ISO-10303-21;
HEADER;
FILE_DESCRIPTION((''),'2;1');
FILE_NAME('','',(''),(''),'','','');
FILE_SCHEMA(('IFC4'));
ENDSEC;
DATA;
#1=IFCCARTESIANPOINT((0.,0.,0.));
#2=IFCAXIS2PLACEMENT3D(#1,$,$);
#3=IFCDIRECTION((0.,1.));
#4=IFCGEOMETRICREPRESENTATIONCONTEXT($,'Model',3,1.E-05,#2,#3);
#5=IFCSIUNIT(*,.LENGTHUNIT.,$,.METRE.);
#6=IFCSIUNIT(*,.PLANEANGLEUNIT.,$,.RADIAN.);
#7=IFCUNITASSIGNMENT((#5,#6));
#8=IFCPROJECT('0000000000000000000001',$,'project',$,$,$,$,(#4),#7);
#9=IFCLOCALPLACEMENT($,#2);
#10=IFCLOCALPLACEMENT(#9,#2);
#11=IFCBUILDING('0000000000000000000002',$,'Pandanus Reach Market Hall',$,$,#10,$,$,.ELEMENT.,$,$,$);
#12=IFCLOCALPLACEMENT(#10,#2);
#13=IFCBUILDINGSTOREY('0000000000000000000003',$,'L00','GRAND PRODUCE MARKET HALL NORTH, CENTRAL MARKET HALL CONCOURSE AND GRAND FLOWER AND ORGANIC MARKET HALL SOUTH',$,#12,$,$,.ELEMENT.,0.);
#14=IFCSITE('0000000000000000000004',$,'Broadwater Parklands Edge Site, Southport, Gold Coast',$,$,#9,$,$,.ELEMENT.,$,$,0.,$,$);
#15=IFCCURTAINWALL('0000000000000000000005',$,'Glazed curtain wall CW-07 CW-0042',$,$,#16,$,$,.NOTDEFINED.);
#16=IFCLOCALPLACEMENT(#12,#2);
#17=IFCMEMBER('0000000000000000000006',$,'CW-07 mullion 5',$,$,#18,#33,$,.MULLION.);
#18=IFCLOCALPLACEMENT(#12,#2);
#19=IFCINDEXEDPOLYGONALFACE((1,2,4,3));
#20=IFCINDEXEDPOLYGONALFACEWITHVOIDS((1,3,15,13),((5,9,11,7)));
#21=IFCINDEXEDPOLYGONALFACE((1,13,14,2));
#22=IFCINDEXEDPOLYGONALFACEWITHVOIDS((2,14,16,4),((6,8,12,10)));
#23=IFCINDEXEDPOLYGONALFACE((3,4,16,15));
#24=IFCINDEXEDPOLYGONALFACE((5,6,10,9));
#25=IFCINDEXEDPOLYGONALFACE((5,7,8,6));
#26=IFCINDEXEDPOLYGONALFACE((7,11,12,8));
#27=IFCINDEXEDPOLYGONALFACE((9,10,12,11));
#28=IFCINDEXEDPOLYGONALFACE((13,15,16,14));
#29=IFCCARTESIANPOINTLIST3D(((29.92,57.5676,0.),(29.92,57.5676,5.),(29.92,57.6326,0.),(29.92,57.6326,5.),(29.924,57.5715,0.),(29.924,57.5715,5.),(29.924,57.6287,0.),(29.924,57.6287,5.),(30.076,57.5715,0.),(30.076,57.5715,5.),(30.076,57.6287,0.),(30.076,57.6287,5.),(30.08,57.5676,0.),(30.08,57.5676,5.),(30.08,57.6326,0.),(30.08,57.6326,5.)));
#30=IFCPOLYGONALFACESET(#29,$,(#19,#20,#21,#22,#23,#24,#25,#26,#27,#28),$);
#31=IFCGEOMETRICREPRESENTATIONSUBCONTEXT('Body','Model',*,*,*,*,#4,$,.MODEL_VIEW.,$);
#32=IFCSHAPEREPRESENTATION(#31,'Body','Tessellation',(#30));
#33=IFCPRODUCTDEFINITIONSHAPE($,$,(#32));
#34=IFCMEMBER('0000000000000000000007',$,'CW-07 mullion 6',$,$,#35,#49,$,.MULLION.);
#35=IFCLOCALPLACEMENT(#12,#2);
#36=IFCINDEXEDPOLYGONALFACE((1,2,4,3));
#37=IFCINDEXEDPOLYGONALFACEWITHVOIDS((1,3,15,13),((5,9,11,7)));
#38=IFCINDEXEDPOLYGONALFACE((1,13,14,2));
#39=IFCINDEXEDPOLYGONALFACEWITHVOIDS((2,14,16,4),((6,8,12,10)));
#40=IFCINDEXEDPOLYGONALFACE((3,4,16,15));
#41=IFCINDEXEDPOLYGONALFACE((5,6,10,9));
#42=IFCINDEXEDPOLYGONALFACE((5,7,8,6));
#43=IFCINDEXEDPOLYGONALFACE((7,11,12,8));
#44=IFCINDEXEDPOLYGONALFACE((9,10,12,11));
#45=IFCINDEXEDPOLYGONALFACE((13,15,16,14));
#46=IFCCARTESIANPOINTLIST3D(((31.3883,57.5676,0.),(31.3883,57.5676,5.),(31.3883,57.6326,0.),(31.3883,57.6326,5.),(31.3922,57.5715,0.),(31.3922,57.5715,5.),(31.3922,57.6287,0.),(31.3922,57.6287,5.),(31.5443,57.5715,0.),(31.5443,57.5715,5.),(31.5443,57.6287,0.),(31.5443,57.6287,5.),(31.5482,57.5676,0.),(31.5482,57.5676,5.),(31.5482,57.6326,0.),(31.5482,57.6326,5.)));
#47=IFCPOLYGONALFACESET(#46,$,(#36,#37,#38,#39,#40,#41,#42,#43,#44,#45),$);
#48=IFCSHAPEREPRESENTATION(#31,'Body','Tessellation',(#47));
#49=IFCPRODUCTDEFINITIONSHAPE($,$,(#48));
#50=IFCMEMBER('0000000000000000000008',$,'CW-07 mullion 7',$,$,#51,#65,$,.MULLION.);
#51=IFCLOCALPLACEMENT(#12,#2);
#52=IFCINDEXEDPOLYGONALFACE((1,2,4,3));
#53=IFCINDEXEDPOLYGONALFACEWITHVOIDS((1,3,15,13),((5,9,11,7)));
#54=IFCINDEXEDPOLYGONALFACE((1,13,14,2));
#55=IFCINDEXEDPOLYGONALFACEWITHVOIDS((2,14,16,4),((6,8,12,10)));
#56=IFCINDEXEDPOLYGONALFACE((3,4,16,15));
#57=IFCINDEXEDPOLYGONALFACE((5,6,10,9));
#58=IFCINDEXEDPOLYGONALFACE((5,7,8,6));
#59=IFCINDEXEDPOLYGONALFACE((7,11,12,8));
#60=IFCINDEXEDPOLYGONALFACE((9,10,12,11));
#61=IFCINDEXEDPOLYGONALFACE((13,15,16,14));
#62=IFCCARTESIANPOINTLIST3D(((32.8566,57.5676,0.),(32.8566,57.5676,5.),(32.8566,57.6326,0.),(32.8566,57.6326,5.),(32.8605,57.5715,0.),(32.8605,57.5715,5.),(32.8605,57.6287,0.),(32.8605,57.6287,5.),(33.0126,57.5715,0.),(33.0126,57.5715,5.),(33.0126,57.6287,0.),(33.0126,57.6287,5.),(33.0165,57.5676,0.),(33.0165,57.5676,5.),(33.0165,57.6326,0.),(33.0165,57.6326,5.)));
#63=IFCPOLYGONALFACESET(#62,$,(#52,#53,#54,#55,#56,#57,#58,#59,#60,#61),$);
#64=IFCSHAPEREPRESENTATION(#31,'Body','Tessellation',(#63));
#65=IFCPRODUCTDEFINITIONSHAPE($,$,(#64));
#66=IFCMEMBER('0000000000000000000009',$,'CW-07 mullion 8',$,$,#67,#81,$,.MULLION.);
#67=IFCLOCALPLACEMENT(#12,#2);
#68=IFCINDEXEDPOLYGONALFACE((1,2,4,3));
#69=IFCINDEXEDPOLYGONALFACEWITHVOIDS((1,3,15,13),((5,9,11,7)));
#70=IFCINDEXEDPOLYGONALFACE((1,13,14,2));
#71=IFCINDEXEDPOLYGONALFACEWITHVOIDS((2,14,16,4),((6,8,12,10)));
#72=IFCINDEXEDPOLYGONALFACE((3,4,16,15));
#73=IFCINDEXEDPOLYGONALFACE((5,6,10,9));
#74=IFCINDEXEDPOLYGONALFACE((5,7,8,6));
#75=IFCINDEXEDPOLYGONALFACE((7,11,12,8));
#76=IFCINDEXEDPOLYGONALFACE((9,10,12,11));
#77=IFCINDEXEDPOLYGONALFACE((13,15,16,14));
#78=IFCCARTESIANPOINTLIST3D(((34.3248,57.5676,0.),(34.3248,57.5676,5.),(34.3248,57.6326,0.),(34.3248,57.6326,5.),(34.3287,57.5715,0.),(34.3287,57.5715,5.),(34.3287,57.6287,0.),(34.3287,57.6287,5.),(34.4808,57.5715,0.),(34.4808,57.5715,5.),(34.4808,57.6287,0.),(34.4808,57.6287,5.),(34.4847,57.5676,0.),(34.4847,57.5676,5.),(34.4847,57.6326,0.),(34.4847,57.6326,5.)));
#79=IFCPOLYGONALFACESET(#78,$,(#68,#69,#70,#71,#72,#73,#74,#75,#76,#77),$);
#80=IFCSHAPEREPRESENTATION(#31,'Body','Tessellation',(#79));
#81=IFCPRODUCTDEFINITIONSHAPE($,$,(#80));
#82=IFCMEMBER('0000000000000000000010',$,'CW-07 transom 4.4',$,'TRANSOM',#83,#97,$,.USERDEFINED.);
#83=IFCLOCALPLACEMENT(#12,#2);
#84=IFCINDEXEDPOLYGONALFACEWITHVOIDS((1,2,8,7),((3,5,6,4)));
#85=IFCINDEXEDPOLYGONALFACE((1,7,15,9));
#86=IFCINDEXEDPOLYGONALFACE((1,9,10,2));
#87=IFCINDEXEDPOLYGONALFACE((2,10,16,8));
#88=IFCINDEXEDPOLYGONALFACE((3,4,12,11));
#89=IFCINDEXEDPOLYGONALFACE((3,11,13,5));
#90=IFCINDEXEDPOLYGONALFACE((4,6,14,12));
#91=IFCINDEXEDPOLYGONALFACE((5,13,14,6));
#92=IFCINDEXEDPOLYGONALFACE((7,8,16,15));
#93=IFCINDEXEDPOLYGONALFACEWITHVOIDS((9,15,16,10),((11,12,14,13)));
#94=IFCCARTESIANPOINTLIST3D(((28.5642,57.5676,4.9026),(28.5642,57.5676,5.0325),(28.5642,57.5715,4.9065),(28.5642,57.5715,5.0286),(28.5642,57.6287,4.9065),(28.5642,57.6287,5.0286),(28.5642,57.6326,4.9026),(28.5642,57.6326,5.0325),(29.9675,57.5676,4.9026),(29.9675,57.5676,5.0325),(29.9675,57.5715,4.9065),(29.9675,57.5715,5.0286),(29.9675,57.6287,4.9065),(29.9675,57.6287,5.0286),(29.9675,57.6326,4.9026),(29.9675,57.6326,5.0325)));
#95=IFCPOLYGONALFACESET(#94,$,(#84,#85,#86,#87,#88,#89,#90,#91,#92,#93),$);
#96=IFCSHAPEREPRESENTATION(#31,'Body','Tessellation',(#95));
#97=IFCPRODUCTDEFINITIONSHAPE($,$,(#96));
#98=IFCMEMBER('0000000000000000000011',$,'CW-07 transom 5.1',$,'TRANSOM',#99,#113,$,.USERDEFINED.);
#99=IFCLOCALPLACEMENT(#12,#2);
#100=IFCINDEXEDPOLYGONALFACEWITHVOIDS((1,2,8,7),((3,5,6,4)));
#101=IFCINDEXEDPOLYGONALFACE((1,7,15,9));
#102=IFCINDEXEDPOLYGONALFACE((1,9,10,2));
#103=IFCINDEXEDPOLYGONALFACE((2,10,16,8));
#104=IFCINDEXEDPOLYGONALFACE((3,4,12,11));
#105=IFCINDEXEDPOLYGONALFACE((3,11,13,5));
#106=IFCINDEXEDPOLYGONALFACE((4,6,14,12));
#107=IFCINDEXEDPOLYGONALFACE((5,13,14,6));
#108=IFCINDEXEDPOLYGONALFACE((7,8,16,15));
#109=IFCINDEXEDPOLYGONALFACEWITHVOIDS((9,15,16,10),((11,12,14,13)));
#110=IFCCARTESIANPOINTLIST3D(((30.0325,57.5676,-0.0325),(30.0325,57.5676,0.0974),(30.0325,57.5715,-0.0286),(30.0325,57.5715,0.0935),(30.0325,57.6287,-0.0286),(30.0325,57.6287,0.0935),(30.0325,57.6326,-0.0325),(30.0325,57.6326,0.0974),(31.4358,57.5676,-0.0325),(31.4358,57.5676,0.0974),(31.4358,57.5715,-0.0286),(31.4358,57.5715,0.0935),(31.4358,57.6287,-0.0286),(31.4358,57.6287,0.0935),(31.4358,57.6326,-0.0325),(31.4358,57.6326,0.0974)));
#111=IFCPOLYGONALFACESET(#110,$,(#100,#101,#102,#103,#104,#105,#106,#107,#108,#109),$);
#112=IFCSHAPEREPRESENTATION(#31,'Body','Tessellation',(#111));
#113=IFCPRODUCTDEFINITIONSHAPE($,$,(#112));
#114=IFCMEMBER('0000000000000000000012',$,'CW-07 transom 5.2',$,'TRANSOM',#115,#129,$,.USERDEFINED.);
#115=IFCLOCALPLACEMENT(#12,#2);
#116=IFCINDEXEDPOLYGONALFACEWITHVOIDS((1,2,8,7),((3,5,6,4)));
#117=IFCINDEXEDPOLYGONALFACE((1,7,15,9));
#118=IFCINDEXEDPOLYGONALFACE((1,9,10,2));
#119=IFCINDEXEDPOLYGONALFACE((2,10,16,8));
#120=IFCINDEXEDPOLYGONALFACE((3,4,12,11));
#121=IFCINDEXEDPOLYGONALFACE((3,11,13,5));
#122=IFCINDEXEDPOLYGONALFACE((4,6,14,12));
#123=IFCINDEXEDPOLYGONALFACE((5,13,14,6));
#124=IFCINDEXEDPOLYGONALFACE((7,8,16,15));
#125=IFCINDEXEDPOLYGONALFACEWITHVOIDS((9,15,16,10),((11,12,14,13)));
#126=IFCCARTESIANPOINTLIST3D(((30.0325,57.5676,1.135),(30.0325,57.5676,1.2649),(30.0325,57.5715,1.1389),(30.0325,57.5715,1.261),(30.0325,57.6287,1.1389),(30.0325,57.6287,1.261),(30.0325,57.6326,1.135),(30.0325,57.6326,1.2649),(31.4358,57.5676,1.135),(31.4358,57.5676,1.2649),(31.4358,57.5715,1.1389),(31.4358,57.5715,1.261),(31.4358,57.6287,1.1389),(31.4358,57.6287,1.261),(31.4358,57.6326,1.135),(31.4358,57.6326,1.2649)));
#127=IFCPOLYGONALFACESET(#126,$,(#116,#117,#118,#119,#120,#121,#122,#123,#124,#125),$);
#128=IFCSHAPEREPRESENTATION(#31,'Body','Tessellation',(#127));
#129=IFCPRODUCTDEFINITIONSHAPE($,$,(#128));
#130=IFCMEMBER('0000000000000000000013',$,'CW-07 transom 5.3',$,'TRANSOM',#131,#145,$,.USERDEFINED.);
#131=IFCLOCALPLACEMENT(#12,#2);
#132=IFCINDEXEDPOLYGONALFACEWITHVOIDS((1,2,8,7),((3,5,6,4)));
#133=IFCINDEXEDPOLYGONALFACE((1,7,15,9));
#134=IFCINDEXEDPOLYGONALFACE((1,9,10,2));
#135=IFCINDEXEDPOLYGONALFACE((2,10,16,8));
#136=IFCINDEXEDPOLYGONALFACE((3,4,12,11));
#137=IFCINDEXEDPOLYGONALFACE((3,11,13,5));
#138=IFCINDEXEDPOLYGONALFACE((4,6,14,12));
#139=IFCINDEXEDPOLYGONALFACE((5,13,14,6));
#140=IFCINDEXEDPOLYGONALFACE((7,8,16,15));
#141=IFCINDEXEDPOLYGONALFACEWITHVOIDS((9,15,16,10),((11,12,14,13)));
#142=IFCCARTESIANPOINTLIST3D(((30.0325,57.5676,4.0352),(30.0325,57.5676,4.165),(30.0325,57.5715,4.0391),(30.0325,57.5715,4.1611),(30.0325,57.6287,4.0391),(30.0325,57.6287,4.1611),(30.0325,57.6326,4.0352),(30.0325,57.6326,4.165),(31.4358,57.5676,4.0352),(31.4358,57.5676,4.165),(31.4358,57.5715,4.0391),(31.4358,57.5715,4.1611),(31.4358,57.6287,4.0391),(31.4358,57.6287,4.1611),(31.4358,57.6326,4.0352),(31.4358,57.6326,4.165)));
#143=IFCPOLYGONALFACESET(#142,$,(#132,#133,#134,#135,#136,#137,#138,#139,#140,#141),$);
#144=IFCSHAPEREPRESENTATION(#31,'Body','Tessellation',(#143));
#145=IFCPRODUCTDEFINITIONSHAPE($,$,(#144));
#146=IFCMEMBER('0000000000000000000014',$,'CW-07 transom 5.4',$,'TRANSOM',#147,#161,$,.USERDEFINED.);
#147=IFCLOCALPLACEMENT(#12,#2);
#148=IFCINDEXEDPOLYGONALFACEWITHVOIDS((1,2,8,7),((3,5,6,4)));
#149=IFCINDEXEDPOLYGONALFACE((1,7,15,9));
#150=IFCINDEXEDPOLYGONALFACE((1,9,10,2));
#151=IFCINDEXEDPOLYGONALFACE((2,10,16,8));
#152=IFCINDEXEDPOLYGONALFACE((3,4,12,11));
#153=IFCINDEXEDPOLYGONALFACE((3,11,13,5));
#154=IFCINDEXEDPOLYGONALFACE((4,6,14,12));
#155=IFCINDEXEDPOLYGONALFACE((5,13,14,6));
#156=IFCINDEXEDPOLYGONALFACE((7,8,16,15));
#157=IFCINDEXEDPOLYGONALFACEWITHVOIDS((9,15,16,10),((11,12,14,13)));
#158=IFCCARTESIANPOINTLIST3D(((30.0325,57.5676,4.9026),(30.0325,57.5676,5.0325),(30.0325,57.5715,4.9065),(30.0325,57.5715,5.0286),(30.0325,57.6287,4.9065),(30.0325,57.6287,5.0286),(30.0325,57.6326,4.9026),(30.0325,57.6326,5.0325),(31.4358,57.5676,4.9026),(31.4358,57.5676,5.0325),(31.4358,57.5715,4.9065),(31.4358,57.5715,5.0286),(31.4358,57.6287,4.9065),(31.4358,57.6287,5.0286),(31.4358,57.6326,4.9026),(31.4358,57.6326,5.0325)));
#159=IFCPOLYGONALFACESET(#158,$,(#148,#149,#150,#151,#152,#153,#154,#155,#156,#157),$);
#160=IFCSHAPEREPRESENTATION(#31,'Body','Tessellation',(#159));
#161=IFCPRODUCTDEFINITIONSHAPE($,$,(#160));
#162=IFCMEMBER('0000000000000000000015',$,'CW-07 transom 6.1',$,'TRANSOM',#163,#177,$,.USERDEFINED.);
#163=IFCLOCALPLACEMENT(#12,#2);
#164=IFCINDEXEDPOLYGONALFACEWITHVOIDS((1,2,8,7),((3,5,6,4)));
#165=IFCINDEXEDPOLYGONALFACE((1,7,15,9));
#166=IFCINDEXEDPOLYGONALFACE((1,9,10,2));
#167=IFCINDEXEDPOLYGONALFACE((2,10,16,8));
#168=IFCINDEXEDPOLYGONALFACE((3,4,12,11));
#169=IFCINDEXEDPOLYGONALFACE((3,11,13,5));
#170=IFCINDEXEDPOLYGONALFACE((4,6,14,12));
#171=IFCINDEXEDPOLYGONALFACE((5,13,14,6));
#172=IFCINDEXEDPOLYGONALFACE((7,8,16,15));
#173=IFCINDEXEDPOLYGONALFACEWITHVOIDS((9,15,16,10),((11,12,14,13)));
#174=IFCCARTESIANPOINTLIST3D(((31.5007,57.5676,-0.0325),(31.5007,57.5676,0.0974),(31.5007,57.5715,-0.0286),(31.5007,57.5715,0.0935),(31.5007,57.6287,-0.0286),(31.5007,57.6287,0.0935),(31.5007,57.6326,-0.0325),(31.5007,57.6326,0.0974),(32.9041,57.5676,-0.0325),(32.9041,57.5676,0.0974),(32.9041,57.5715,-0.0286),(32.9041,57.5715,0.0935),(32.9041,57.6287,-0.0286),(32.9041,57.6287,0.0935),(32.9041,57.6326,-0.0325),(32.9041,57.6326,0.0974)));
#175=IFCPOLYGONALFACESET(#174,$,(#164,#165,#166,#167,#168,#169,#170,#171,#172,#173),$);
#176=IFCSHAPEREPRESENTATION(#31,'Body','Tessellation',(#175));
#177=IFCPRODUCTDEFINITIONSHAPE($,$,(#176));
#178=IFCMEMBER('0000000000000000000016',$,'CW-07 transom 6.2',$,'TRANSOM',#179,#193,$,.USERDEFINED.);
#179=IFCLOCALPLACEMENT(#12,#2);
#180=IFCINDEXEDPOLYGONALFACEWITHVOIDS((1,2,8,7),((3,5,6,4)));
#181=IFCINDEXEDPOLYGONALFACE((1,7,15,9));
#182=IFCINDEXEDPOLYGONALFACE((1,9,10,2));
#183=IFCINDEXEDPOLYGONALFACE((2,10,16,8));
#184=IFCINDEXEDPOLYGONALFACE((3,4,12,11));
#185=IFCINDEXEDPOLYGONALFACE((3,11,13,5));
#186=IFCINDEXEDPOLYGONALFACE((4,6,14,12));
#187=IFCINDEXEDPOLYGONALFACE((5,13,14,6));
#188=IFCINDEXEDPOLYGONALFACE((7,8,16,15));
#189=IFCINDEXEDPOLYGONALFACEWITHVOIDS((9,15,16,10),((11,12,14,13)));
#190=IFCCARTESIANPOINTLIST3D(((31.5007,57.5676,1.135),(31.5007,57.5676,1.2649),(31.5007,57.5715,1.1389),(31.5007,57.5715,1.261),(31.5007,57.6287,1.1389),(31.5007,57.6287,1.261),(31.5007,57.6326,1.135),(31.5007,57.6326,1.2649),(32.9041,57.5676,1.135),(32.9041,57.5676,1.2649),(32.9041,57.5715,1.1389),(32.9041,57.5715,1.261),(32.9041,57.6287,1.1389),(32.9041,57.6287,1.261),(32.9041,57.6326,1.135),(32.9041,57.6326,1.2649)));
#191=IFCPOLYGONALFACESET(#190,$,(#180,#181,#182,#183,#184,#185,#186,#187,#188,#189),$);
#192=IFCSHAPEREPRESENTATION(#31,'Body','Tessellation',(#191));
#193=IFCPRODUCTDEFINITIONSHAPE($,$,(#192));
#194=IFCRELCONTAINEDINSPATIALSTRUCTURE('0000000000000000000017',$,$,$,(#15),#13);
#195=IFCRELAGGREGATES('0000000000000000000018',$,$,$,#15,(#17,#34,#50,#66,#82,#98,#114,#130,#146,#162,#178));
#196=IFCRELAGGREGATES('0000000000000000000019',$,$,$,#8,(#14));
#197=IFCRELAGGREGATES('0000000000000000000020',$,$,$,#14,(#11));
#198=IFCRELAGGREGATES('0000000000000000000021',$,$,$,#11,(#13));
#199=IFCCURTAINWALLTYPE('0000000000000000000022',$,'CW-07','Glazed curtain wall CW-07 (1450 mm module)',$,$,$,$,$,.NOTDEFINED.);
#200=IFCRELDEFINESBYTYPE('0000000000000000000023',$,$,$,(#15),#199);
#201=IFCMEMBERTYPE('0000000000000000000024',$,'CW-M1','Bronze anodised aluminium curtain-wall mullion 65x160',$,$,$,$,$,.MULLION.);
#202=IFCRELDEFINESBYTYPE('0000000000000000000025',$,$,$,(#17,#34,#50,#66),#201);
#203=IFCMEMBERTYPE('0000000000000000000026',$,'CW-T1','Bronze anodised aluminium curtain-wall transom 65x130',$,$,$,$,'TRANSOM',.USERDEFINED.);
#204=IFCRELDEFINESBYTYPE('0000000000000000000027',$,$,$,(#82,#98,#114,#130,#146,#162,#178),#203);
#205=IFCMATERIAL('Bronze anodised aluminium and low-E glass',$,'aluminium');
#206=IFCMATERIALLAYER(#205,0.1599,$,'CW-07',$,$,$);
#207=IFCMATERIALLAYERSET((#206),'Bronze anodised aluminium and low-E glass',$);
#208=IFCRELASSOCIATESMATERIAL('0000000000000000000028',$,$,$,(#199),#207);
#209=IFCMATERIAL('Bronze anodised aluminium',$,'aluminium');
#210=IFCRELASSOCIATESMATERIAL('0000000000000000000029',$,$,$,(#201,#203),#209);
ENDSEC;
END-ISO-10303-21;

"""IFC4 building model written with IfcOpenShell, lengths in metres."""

from ifc_helpers import new_model, si_unit, direction, frame, origin, origin_2d, place, context, subcontext, project, spatial, hollow_rectangle, extrude, material, layer, layer_set, material_profile, profile_set, type_object, element, aggregate, save


model = new_model("IFC4")

# Units and contexts
model_context = context("Model", 3, precision=1e-05, world=origin(), true_north=direction((0.0, 1.0)))
body_context = subcontext(model_context, "Body", "Model", "MODEL_VIEW")
ifc_project = project(units=[si_unit("LENGTHUNIT", "METRE"), si_unit("PLANEANGLEUNIT", "RADIAN")], contexts=[model_context])

# Site, building, storey
site_placement = place(None, origin())
site = spatial("IfcSite", under=ifc_project, at=site_placement, Name="Broadwater Parklands Edge Site, Southport, Gold Coast", CompositionType="ELEMENT", RefElevation=0.0)
building_placement = place(site_placement, origin())
building = spatial("IfcBuilding", under=site, at=building_placement, Name="Pandanus Reach Market Hall", CompositionType="ELEMENT")
storey_placement = place(building_placement, origin())
storey = spatial("IfcBuildingStorey", under=building, at=storey_placement, Name="L00", Description="GRAND PRODUCE MARKET HALL NORTH, CENTRAL MARKET HALL CONCOURSE AND GRAND FLOWER AND ORGANIC MARKET HALL SOUTH", CompositionType="ELEMENT", Elevation=0.0)

# Curtain wall, members
ifc_material_1 = material(Name="Bronze anodised aluminium and low-E glass", Category="aluminium")
ifc_layer_1 = layer(ifc_material_1, 0.1599, Name="CW-07")
ifc_layer_set_1 = layer_set([ifc_layer_1], Name="Bronze anodised aluminium and low-E glass")
curtain_wall_type = type_object("IfcCurtainWallType", Name="CW-07", Description="Glazed curtain wall CW-07 (1450 mm module)", PredefinedType="NOTDEFINED", material=ifc_layer_set_1)
curtain_wall_placement = place(storey_placement, origin())
curtain_wall = element("IfcCurtainWall", 1, at=curtain_wall_placement, inside=storey, type_object=curtain_wall_type, Name="Glazed curtain wall CW-07 CW-0042", PredefinedType="NOTDEFINED")
ifc_material_2 = material(Name="Bronze anodised aluminium", Category="aluminium")
ifc_material_profile_1 = material_profile(ifc_material_2, hollow_rectangle(XDim=0.0649, YDim=0.1599, WallThickness=0.0039, at=origin_2d()), Name="ALU65x160", Category="LoadBearing")
ifc_profile_set_1 = profile_set([ifc_material_profile_1], Name="Bronze anodised aluminium")
member_type_1 = type_object("IfcMemberType", Name="CW-M1", Description="Bronze anodised aluminium curtain-wall mullion 65x160", PredefinedType="MULLION", material=ifc_profile_set_1)
member_1_placement = place(storey_placement, frame((30.0, 57.6001, 0.0), z_axis=(0.0, 0.0, 1.0), x_axis=(0.0, 1.0, 0.0)))
member_1 = element("IfcMember", 2, at=member_1_placement, type_object=member_type_1, Name="CW-07 mullion 5", PredefinedType="MULLION", context=body_context, shape_type="SweptSolid", body=[
    extrude(hollow_rectangle(XDim=0.0649, YDim=0.1599, WallThickness=0.0039, at=origin_2d()), origin(), (0.0, 0.0, 1.0), 5.0),
])
member_2_placement = place(storey_placement, frame((31.4683, 57.6001, 0.0), z_axis=(0.0, 0.0, 1.0), x_axis=(0.0, 1.0, 0.0)))
member_2 = element("IfcMember", 3, at=member_2_placement, type_object=member_type_1, Name="CW-07 mullion 6", PredefinedType="MULLION", context=body_context, shape_type="SweptSolid", body=[
    extrude(hollow_rectangle(XDim=0.0649, YDim=0.1599, WallThickness=0.0039, at=origin_2d()), origin(), (0.0, 0.0, 1.0), 5.0),
])
member_3_placement = place(storey_placement, frame((32.9365, 57.6001, 0.0), z_axis=(0.0, 0.0, 1.0), x_axis=(0.0, 1.0, 0.0)))
member_3 = element("IfcMember", 4, at=member_3_placement, type_object=member_type_1, Name="CW-07 mullion 7", PredefinedType="MULLION", context=body_context, shape_type="SweptSolid", body=[
    extrude(hollow_rectangle(XDim=0.0649, YDim=0.1599, WallThickness=0.0039, at=origin_2d()), origin(), (0.0, 0.0, 1.0), 5.0),
])
member_4_placement = place(storey_placement, frame((34.4048, 57.6001, 0.0), z_axis=(0.0, 0.0, 1.0), x_axis=(0.0, 1.0, 0.0)))
member_4 = element("IfcMember", 5, at=member_4_placement, type_object=member_type_1, Name="CW-07 mullion 8", PredefinedType="MULLION", context=body_context, shape_type="SweptSolid", body=[
    extrude(hollow_rectangle(XDim=0.0649, YDim=0.1599, WallThickness=0.0039, at=origin_2d()), origin(), (0.0, 0.0, 1.0), 5.0),
])
ifc_material_profile_2 = material_profile(ifc_material_2, hollow_rectangle(XDim=0.0649, YDim=0.1299, WallThickness=0.0039, at=origin_2d()), Name="ALU65x130", Category="LoadBearing")
ifc_profile_set_2 = profile_set([ifc_material_profile_2], Name="Bronze anodised aluminium")
member_type_2 = type_object("IfcMemberType", Name="CW-T1", Description="Bronze anodised aluminium curtain-wall transom 65x130", ElementType="TRANSOM", PredefinedType="USERDEFINED", material=ifc_profile_set_2)
member_5_placement = place(storey_placement, frame((28.5642, 57.6001, 4.9675), z_axis=(1.0, 0.0, 0.0), x_axis=(0.0, 1.0, 0.0)))
member_5 = element("IfcMember", 6, at=member_5_placement, type_object=member_type_2, Name="CW-07 transom 4.4", ObjectType="TRANSOM", PredefinedType="USERDEFINED", context=body_context, shape_type="SweptSolid", body=[
    extrude(hollow_rectangle(XDim=0.0649, YDim=0.1299, WallThickness=0.0039, at=origin_2d()), origin(), (0.0, 0.0, 1.0), 1.4033),
])
member_6_placement = place(storey_placement, frame((30.0325, 57.6001, 0.0325), z_axis=(1.0, 0.0, 0.0), x_axis=(0.0, 1.0, 0.0)))
member_6 = element("IfcMember", 7, at=member_6_placement, type_object=member_type_2, Name="CW-07 transom 5.1", ObjectType="TRANSOM", PredefinedType="USERDEFINED", context=body_context, shape_type="SweptSolid", body=[
    extrude(hollow_rectangle(XDim=0.0649, YDim=0.1299, WallThickness=0.0039, at=origin_2d()), origin(), (0.0, 0.0, 1.0), 1.4033),
])
member_7_placement = place(storey_placement, frame((30.0325, 57.6001, 1.2), z_axis=(1.0, 0.0, 0.0), x_axis=(0.0, 1.0, 0.0)))
member_7 = element("IfcMember", 8, at=member_7_placement, type_object=member_type_2, Name="CW-07 transom 5.2", ObjectType="TRANSOM", PredefinedType="USERDEFINED", context=body_context, shape_type="SweptSolid", body=[
    extrude(hollow_rectangle(XDim=0.0649, YDim=0.1299, WallThickness=0.0039, at=origin_2d()), origin(), (0.0, 0.0, 1.0), 1.4033),
])
member_8_placement = place(storey_placement, frame((30.0325, 57.6001, 4.1001), z_axis=(1.0, 0.0, 0.0), x_axis=(0.0, 1.0, 0.0)))
member_8 = element("IfcMember", 9, at=member_8_placement, type_object=member_type_2, Name="CW-07 transom 5.3", ObjectType="TRANSOM", PredefinedType="USERDEFINED", context=body_context, shape_type="SweptSolid", body=[
    extrude(hollow_rectangle(XDim=0.0649, YDim=0.1299, WallThickness=0.0039, at=origin_2d()), origin(), (0.0, 0.0, 1.0), 1.4033),
])
member_9_placement = place(storey_placement, frame((30.0325, 57.6001, 4.9675), z_axis=(1.0, 0.0, 0.0), x_axis=(0.0, 1.0, 0.0)))
member_9 = element("IfcMember", 10, at=member_9_placement, type_object=member_type_2, Name="CW-07 transom 5.4", ObjectType="TRANSOM", PredefinedType="USERDEFINED", context=body_context, shape_type="SweptSolid", body=[
    extrude(hollow_rectangle(XDim=0.0649, YDim=0.1299, WallThickness=0.0039, at=origin_2d()), origin(), (0.0, 0.0, 1.0), 1.4033),
])
member_10_placement = place(storey_placement, frame((31.5007, 57.6001, 0.0325), z_axis=(1.0, 0.0, 0.0), x_axis=(0.0, 1.0, 0.0)))
member_10 = element("IfcMember", 11, at=member_10_placement, type_object=member_type_2, Name="CW-07 transom 6.1", ObjectType="TRANSOM", PredefinedType="USERDEFINED", context=body_context, shape_type="SweptSolid", body=[
    extrude(hollow_rectangle(XDim=0.0649, YDim=0.1299, WallThickness=0.0039, at=origin_2d()), origin(), (0.0, 0.0, 1.0), 1.4033),
])
member_11_placement = place(storey_placement, frame((31.5007, 57.6001, 1.2), z_axis=(1.0, 0.0, 0.0), x_axis=(0.0, 1.0, 0.0)))
member_11 = element("IfcMember", 12, at=member_11_placement, type_object=member_type_2, Name="CW-07 transom 6.2", ObjectType="TRANSOM", PredefinedType="USERDEFINED", context=body_context, shape_type="SweptSolid", body=[
    extrude(hollow_rectangle(XDim=0.0649, YDim=0.1299, WallThickness=0.0039, at=origin_2d()), origin(), (0.0, 0.0, 1.0), 1.4033),
])

aggregate(curtain_wall, [member_1, member_2, member_3, member_4, member_5, member_6, member_7, member_8, member_9, member_10, member_11])

save(model, "model.ifc")
